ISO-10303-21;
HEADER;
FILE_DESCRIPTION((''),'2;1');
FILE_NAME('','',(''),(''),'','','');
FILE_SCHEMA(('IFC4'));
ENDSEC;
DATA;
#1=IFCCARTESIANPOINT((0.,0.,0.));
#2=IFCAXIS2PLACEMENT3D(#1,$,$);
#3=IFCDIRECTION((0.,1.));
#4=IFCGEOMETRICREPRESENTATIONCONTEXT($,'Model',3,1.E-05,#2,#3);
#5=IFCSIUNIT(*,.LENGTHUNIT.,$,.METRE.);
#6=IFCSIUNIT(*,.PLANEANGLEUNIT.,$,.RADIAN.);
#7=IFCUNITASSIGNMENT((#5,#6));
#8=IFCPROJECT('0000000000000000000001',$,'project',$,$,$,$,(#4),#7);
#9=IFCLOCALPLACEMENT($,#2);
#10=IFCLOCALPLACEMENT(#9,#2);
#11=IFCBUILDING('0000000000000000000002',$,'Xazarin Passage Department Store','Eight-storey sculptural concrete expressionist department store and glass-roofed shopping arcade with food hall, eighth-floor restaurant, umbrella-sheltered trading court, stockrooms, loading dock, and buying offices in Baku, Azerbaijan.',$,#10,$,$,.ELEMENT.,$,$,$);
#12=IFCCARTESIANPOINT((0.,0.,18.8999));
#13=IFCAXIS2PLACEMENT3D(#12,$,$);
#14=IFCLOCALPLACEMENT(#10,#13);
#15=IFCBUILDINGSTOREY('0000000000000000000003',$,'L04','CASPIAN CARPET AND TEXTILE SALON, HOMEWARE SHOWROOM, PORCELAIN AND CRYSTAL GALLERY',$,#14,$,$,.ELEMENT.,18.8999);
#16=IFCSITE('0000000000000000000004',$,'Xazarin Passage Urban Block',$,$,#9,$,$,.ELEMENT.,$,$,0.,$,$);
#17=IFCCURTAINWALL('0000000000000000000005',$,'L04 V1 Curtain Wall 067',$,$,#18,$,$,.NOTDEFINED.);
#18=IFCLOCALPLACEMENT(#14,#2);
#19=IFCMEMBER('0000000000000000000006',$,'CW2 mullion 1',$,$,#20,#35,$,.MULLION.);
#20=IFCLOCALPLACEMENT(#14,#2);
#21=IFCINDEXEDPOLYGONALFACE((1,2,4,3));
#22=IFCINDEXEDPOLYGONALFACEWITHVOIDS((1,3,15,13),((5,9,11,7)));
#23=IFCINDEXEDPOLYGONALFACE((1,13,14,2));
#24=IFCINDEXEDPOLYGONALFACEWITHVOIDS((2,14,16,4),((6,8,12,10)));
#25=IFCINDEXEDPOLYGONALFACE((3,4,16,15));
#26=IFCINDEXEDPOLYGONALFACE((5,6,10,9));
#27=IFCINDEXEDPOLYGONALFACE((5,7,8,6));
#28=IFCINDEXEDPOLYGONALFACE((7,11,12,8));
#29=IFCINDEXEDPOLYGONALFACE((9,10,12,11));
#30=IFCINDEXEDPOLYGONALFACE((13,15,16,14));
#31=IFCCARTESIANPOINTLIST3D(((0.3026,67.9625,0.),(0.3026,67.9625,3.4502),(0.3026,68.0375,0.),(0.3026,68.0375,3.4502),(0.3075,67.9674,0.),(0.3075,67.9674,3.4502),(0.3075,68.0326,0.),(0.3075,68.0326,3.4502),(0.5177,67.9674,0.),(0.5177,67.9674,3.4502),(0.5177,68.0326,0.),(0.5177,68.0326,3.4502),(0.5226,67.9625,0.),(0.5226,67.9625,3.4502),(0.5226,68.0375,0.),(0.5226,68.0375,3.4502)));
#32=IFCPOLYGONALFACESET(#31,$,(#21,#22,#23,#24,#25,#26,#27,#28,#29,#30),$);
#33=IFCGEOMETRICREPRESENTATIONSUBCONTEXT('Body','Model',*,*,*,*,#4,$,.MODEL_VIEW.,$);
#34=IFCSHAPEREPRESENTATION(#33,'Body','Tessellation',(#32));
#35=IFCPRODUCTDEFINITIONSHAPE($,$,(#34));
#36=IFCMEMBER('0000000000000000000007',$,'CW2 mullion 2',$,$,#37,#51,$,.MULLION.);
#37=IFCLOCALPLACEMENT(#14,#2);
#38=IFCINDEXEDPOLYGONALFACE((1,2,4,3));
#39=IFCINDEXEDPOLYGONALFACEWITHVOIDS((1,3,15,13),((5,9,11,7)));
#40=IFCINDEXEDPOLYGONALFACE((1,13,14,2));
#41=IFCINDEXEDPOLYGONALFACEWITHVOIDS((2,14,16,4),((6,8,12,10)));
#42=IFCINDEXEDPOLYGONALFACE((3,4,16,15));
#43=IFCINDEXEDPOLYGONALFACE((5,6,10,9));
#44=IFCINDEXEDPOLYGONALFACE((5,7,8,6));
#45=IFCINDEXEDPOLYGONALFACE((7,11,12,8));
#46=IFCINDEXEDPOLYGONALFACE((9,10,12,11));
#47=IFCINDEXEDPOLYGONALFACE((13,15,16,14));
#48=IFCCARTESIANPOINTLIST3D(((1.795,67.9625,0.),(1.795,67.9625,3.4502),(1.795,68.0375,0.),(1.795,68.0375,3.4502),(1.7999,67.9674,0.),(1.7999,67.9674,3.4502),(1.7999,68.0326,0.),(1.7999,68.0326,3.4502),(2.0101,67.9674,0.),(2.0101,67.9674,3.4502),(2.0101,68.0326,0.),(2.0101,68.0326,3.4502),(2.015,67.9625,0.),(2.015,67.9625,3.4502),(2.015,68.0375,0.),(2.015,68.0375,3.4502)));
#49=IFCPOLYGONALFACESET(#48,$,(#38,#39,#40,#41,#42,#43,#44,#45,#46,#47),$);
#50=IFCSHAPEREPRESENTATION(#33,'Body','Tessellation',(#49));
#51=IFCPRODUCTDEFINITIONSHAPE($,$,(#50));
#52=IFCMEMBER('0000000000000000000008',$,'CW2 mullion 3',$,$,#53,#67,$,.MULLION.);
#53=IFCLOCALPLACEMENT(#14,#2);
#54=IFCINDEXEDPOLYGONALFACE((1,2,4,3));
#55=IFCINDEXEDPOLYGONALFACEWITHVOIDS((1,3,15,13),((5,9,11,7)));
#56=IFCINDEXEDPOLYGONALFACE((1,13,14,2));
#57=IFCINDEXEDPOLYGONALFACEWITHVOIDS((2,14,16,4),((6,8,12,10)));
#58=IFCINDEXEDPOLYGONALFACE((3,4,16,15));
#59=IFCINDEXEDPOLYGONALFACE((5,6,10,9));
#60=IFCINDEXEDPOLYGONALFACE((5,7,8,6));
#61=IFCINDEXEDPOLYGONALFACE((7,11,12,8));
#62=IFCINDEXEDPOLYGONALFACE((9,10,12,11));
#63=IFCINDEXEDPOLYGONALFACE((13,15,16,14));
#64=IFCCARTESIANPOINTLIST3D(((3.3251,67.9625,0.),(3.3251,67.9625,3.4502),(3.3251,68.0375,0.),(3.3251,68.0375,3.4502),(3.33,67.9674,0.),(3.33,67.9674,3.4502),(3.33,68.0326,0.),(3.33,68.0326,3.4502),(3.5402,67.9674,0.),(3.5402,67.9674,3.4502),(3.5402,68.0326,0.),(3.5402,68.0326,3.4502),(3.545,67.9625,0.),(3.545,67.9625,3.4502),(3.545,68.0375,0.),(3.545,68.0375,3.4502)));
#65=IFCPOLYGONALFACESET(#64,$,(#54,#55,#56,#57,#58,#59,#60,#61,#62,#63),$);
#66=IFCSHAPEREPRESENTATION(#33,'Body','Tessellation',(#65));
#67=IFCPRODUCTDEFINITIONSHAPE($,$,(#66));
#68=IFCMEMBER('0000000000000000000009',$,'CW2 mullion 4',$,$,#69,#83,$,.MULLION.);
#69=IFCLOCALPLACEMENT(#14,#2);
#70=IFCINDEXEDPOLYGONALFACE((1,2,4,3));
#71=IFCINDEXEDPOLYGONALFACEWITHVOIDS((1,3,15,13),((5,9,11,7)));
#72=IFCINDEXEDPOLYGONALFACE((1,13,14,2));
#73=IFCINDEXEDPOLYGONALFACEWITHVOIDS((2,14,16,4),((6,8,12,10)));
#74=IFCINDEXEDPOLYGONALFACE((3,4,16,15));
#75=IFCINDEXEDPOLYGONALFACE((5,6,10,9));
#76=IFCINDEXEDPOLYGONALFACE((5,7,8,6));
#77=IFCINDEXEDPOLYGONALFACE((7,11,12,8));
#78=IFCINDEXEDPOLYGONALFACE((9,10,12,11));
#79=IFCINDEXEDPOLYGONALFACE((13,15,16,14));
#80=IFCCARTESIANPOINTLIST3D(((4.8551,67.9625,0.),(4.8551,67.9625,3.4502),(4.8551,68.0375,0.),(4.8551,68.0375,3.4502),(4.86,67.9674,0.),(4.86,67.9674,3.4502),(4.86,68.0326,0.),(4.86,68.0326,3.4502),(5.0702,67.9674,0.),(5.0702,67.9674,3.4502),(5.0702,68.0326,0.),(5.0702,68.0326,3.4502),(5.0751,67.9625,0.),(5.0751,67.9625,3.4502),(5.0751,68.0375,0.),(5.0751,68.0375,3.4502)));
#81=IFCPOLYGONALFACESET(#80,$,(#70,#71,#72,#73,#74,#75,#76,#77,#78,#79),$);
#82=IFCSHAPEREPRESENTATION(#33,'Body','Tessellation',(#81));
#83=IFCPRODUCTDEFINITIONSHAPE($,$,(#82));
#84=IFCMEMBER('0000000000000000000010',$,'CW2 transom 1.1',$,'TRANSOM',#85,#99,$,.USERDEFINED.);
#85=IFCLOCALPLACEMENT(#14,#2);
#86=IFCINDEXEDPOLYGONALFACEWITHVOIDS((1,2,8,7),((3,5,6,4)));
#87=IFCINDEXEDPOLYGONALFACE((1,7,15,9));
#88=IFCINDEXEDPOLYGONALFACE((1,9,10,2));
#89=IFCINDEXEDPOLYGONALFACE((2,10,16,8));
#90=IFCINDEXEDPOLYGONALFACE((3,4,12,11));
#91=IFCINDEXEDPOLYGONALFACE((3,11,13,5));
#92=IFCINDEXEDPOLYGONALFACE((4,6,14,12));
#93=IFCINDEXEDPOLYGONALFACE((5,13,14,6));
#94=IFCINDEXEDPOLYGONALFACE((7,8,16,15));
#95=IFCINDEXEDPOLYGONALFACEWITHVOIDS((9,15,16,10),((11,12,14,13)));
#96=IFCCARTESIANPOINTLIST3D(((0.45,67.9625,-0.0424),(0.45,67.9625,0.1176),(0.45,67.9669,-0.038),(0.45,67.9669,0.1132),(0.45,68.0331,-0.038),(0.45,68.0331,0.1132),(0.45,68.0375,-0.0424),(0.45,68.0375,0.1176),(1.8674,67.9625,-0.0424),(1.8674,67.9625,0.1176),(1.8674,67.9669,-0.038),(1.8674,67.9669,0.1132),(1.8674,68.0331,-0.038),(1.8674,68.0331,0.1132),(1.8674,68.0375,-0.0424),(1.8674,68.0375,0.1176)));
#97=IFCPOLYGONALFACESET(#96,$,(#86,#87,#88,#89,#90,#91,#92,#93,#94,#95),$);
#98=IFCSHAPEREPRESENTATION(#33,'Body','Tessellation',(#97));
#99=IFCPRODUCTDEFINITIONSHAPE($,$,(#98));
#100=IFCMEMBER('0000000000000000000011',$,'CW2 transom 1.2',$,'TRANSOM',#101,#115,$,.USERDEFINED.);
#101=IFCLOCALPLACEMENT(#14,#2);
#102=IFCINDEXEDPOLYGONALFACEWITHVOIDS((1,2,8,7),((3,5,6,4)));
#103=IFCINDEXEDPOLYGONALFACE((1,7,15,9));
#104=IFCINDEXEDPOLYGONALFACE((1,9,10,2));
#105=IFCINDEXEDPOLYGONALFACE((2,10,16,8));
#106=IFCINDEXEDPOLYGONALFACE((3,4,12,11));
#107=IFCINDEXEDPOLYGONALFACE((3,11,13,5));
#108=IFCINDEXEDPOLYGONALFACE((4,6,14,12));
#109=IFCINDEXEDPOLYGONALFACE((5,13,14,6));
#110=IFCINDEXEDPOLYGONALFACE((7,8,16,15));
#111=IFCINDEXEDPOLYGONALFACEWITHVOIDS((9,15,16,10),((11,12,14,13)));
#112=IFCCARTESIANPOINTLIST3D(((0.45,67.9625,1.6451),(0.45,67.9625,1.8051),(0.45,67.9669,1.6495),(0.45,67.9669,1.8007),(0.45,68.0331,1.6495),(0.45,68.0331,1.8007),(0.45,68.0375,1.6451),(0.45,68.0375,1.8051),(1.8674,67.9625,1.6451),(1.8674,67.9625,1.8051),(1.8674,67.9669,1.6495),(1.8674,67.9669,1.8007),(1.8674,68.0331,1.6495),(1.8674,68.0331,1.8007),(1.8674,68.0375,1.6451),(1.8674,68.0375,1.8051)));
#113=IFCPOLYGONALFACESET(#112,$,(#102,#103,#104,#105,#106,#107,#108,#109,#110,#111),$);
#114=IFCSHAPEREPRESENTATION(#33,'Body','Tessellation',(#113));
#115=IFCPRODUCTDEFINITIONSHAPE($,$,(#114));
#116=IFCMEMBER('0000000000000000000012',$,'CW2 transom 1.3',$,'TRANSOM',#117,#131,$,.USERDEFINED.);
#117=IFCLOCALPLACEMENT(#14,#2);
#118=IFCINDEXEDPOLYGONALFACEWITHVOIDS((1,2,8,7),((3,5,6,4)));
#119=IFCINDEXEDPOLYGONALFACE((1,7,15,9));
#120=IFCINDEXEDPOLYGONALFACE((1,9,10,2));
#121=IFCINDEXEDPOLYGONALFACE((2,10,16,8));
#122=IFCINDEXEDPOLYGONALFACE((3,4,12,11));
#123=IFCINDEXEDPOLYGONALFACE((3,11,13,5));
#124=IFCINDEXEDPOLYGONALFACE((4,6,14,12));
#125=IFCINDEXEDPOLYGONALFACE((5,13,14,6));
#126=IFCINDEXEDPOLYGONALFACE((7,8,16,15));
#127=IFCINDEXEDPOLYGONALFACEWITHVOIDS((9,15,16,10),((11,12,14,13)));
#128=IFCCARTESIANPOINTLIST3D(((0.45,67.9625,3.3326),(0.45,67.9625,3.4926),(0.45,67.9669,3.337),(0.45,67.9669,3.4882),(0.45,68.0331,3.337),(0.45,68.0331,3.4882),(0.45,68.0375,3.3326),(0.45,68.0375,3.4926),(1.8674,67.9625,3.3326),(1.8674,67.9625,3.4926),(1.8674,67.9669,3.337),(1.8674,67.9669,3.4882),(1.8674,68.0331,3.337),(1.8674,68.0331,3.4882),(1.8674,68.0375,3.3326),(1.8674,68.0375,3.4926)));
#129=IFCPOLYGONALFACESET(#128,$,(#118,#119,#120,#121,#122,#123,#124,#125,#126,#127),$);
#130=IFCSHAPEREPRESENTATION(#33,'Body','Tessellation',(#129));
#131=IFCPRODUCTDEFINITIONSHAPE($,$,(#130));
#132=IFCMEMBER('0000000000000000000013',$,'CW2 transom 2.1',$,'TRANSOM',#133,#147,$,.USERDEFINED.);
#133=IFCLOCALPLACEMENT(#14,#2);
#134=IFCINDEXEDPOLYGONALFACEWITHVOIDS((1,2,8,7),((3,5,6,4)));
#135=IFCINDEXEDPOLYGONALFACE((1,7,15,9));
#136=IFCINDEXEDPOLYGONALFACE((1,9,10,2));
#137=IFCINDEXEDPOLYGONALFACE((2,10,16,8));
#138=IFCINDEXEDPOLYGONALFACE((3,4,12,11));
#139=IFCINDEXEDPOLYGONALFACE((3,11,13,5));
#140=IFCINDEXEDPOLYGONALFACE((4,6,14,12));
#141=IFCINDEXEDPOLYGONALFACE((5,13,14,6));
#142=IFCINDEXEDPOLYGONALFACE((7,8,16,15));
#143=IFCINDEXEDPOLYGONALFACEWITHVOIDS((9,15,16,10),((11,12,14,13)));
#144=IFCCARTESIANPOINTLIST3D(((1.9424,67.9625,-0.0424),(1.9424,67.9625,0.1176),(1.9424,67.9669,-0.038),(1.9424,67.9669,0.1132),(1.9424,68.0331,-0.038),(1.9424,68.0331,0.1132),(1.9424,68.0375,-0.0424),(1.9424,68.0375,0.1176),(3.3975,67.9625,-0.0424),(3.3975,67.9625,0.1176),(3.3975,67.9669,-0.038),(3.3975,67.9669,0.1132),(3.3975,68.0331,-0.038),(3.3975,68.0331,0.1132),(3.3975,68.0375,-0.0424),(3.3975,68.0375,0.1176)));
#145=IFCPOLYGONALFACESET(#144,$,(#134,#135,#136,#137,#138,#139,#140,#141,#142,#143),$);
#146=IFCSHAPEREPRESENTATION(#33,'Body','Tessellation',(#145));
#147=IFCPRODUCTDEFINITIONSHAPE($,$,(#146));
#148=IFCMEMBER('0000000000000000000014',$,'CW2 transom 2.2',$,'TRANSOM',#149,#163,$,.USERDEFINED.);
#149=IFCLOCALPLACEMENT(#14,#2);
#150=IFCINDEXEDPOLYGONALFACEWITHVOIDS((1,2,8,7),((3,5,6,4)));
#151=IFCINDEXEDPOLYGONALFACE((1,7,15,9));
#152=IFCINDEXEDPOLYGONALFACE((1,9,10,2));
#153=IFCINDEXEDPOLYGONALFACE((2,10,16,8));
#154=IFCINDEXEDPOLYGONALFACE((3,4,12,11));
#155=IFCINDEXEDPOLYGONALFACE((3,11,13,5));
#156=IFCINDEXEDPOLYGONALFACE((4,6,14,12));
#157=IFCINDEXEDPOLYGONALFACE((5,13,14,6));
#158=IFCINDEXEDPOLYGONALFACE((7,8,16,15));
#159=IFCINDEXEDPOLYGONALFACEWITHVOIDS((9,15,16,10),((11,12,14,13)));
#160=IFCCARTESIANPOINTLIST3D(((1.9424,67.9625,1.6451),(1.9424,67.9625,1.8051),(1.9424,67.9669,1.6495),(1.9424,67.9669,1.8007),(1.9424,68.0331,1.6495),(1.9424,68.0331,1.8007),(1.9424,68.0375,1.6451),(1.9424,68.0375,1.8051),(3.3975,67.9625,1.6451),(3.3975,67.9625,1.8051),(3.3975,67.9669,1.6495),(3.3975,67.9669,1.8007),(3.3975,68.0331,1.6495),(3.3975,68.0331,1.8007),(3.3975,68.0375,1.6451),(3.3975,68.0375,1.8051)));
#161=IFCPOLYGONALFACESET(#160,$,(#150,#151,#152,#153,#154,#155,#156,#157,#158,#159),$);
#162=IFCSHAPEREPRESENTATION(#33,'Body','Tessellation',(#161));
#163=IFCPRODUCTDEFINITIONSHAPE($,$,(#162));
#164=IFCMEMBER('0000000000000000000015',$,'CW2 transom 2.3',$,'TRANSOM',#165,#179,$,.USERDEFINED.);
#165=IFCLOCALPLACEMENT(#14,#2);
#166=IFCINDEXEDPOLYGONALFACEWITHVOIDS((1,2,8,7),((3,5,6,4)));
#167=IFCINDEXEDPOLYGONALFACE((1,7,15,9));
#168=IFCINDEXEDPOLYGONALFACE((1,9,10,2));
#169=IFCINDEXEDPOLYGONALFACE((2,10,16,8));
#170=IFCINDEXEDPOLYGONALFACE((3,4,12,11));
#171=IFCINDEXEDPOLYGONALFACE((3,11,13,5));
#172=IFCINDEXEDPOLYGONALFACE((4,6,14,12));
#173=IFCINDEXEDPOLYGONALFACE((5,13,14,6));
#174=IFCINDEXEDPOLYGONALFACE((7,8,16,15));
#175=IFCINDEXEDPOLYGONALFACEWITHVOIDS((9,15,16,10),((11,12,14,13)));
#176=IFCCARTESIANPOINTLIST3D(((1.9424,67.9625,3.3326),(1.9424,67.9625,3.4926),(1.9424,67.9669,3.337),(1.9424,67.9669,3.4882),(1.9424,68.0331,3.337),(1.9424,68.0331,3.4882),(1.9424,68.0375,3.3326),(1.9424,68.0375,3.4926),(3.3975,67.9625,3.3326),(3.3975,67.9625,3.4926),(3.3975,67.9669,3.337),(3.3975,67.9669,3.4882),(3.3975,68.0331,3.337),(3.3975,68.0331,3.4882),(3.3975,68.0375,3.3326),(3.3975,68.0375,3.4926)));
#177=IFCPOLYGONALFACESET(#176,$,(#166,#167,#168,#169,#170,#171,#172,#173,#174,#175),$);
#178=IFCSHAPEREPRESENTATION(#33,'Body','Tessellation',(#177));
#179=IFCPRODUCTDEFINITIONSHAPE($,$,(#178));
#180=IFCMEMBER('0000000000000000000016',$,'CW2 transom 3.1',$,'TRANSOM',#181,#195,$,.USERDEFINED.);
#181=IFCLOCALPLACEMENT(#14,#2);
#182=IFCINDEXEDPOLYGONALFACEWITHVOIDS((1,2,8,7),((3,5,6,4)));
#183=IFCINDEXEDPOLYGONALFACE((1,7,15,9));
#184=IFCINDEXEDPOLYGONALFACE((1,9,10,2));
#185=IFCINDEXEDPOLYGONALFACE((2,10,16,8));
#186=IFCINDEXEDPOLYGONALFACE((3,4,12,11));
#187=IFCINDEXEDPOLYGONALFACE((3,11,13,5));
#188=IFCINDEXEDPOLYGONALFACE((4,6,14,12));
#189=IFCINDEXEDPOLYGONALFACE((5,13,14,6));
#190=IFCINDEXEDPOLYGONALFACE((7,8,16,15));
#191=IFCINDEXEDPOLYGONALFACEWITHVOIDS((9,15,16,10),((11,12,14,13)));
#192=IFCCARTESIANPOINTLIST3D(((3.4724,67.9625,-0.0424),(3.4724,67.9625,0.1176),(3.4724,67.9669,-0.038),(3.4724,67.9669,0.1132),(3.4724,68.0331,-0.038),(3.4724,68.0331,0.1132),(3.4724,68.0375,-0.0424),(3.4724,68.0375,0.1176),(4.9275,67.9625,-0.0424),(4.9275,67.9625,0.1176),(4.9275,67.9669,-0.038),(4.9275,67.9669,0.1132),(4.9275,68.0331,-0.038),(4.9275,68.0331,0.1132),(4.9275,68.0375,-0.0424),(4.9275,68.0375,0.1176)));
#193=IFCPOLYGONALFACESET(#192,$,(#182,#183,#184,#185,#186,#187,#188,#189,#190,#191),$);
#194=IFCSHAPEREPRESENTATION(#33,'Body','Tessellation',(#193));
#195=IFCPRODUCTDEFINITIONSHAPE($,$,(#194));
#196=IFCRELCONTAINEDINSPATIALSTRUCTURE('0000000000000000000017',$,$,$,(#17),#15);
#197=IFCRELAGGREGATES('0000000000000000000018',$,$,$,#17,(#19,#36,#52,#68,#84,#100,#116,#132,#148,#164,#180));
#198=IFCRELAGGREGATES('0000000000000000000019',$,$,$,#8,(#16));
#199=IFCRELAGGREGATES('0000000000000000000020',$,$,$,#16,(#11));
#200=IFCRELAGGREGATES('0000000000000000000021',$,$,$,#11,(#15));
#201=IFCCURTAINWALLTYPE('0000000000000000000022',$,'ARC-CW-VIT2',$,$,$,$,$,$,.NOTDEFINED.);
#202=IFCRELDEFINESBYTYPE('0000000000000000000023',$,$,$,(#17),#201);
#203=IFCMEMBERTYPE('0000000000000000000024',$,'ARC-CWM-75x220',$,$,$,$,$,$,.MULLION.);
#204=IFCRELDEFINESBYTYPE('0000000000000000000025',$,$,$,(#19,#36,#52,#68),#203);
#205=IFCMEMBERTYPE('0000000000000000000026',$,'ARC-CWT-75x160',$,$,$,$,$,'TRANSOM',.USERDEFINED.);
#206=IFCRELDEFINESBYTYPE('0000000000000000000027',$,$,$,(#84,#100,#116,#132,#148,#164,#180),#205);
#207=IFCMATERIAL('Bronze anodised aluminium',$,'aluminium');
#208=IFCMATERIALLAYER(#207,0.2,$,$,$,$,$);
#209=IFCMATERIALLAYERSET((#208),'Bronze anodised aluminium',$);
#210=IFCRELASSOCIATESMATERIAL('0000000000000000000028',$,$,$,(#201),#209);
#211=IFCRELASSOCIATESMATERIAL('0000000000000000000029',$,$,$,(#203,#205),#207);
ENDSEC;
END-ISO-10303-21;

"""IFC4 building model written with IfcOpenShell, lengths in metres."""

from ifc_helpers import new_model, si_unit, direction, frame, origin, origin_2d, place, context, subcontext, project, spatial, hollow_rectangle, extrude, material, layer, layer_set, material_profile, profile_set, type_object, element, aggregate, save


model = new_model("IFC4")

# Units and contexts
model_context = context("Model", 3, precision=1e-05, world=origin(), true_north=direction((0.0, 1.0)))
body_context = subcontext(model_context, "Body", "Model", "MODEL_VIEW")
ifc_project = project(units=[si_unit("LENGTHUNIT", "METRE"), si_unit("PLANEANGLEUNIT", "RADIAN")], contexts=[model_context])

# Site, building, storey
site_placement = place(None, origin())
site = spatial("IfcSite", under=ifc_project, at=site_placement, Name="Xazarin Passage Urban Block", CompositionType="ELEMENT", RefElevation=0.0)
building_placement = place(site_placement, origin())
building = spatial("IfcBuilding", under=site, at=building_placement, Name="Xazarin Passage Department Store", Description="Eight-storey sculptural concrete expressionist department store and glass-roofed shopping arcade with food hall, eighth-floor restaurant, umbrella-sheltered trading court, stockrooms, loading dock, and buying offices in Baku, Azerbaijan.", CompositionType="ELEMENT")
storey_placement = place(building_placement, frame((0.0, 0.0, 18.8999)))
storey = spatial("IfcBuildingStorey", under=building, at=storey_placement, Name="L04", Description="CASPIAN CARPET AND TEXTILE SALON, HOMEWARE SHOWROOM, PORCELAIN AND CRYSTAL GALLERY", CompositionType="ELEMENT", Elevation=18.8999)

# Curtain wall, members
ifc_material_1 = material(Name="Bronze anodised aluminium", Category="aluminium")
ifc_layer_1 = layer(ifc_material_1, 0.2)
ifc_layer_set_1 = layer_set([ifc_layer_1], Name="Bronze anodised aluminium")
curtain_wall_type = type_object("IfcCurtainWallType", Name="ARC-CW-VIT2", PredefinedType="NOTDEFINED", material=ifc_layer_set_1)
curtain_wall_placement = place(storey_placement, origin())
curtain_wall = element("IfcCurtainWall", 1, at=curtain_wall_placement, inside=storey, type_object=curtain_wall_type, Name="L04 V1 Curtain Wall 067", PredefinedType="NOTDEFINED")
ifc_material_profile_1 = material_profile(ifc_material_1, hollow_rectangle(XDim=0.075, YDim=0.22, WallThickness=0.0049, at=origin_2d()), Name="ALU 75x220")
ifc_profile_set_1 = profile_set([ifc_material_profile_1], Name="Bronze anodised aluminium")
member_type_1 = type_object("IfcMemberType", Name="ARC-CWM-75x220", PredefinedType="MULLION", material=ifc_profile_set_1)
member_1_placement = place(storey_placement, frame((0.4126, 68.0, 0.0), z_axis=(0.0, 0.0, 1.0), x_axis=(0.0, 1.0, 0.0)))
member_1 = element("IfcMember", 2, at=member_1_placement, type_object=member_type_1, Name="CW2 mullion 1", PredefinedType="MULLION", context=body_context, shape_type="SweptSolid", body=[
    extrude(hollow_rectangle(XDim=0.075, YDim=0.22, WallThickness=0.0049, at=origin_2d()), origin(), (0.0, 0.0, 1.0), 3.4502),
])
member_2_placement = place(storey_placement, frame((1.905, 68.0, 0.0), z_axis=(0.0, 0.0, 1.0), x_axis=(0.0, 1.0, 0.0)))
member_2 = element("IfcMember", 3, at=member_2_placement, type_object=member_type_1, Name="CW2 mullion 2", PredefinedType="MULLION", context=body_context, shape_type="SweptSolid", body=[
    extrude(hollow_rectangle(XDim=0.075, YDim=0.22, WallThickness=0.0049, at=origin_2d()), origin(), (0.0, 0.0, 1.0), 3.4502),
])
member_3_placement = place(storey_placement, frame((3.4351, 68.0, 0.0), z_axis=(0.0, 0.0, 1.0), x_axis=(0.0, 1.0, 0.0)))
member_3 = element("IfcMember", 4, at=member_3_placement, type_object=member_type_1, Name="CW2 mullion 3", PredefinedType="MULLION", context=body_context, shape_type="SweptSolid", body=[
    extrude(hollow_rectangle(XDim=0.075, YDim=0.22, WallThickness=0.0049, at=origin_2d()), origin(), (0.0, 0.0, 1.0), 3.4502),
])
member_4_placement = place(storey_placement, frame((4.9651, 68.0, 0.0), z_axis=(0.0, 0.0, 1.0), x_axis=(0.0, 1.0, 0.0)))
member_4 = element("IfcMember", 5, at=member_4_placement, type_object=member_type_1, Name="CW2 mullion 4", PredefinedType="MULLION", context=body_context, shape_type="SweptSolid", body=[
    extrude(hollow_rectangle(XDim=0.075, YDim=0.22, WallThickness=0.0049, at=origin_2d()), origin(), (0.0, 0.0, 1.0), 3.4502),
])
ifc_material_profile_2 = material_profile(ifc_material_1, hollow_rectangle(XDim=0.075, YDim=0.1599, WallThickness=0.0044, at=origin_2d()), Name="ALU 75x160")
ifc_profile_set_2 = profile_set([ifc_material_profile_2], Name="Bronze anodised aluminium")
member_type_2 = type_object("IfcMemberType", Name="ARC-CWT-75x160", ElementType="TRANSOM", PredefinedType="USERDEFINED", material=ifc_profile_set_2)
member_5_placement = place(storey_placement, frame((0.45, 68.0, 0.0376), z_axis=(1.0, 0.0, 0.0), x_axis=(0.0, 1.0, 0.0)))
member_5 = element("IfcMember", 6, at=member_5_placement, type_object=member_type_2, Name="CW2 transom 1.1", ObjectType="TRANSOM", PredefinedType="USERDEFINED", context=body_context, shape_type="SweptSolid", body=[
    extrude(hollow_rectangle(XDim=0.075, YDim=0.1599, WallThickness=0.0044, at=origin_2d()), origin(), (0.0, 0.0, 1.0), 1.4175),
])
member_6_placement = place(storey_placement, frame((0.45, 68.0, 1.7251), z_axis=(1.0, 0.0, 0.0), x_axis=(0.0, 1.0, 0.0)))
member_6 = element("IfcMember", 7, at=member_6_placement, type_object=member_type_2, Name="CW2 transom 1.2", ObjectType="TRANSOM", PredefinedType="USERDEFINED", context=body_context, shape_type="SweptSolid", body=[
    extrude(hollow_rectangle(XDim=0.075, YDim=0.1599, WallThickness=0.0044, at=origin_2d()), origin(), (0.0, 0.0, 1.0), 1.4175),
])
member_7_placement = place(storey_placement, frame((0.45, 68.0, 3.4126), z_axis=(1.0, 0.0, 0.0), x_axis=(0.0, 1.0, 0.0)))
member_7 = element("IfcMember", 8, at=member_7_placement, type_object=member_type_2, Name="CW2 transom 1.3", ObjectType="TRANSOM", PredefinedType="USERDEFINED", context=body_context, shape_type="SweptSolid", body=[
    extrude(hollow_rectangle(XDim=0.075, YDim=0.1599, WallThickness=0.0044, at=origin_2d()), origin(), (0.0, 0.0, 1.0), 1.4175),
])
member_8_placement = place(storey_placement, frame((1.9424, 68.0, 0.0376), z_axis=(1.0, 0.0, 0.0), x_axis=(0.0, 1.0, 0.0)))
member_8 = element("IfcMember", 9, at=member_8_placement, type_object=member_type_2, Name="CW2 transom 2.1", ObjectType="TRANSOM", PredefinedType="USERDEFINED", context=body_context, shape_type="SweptSolid", body=[
    extrude(hollow_rectangle(XDim=0.075, YDim=0.1599, WallThickness=0.0044, at=origin_2d()), origin(), (0.0, 0.0, 1.0), 1.4551),
])
member_9_placement = place(storey_placement, frame((1.9424, 68.0, 1.7251), z_axis=(1.0, 0.0, 0.0), x_axis=(0.0, 1.0, 0.0)))
member_9 = element("IfcMember", 10, at=member_9_placement, type_object=member_type_2, Name="CW2 transom 2.2", ObjectType="TRANSOM", PredefinedType="USERDEFINED", context=body_context, shape_type="SweptSolid", body=[
    extrude(hollow_rectangle(XDim=0.075, YDim=0.1599, WallThickness=0.0044, at=origin_2d()), origin(), (0.0, 0.0, 1.0), 1.4551),
])
member_10_placement = place(storey_placement, frame((1.9424, 68.0, 3.4126), z_axis=(1.0, 0.0, 0.0), x_axis=(0.0, 1.0, 0.0)))
member_10 = element("IfcMember", 11, at=member_10_placement, type_object=member_type_2, Name="CW2 transom 2.3", ObjectType="TRANSOM", PredefinedType="USERDEFINED", context=body_context, shape_type="SweptSolid", body=[
    extrude(hollow_rectangle(XDim=0.075, YDim=0.1599, WallThickness=0.0044, at=origin_2d()), origin(), (0.0, 0.0, 1.0), 1.4551),
])
member_11_placement = place(storey_placement, frame((3.4724, 68.0, 0.0376), z_axis=(1.0, 0.0, 0.0), x_axis=(0.0, 1.0, 0.0)))
member_11 = element("IfcMember", 12, at=member_11_placement, type_object=member_type_2, Name="CW2 transom 3.1", ObjectType="TRANSOM", PredefinedType="USERDEFINED", context=body_context, shape_type="SweptSolid", body=[
    extrude(hollow_rectangle(XDim=0.075, YDim=0.1599, WallThickness=0.0044, at=origin_2d()), origin(), (0.0, 0.0, 1.0), 1.4551),
])

aggregate(curtain_wall, [member_1, member_2, member_3, member_4, member_5, member_6, member_7, member_8, member_9, member_10, member_11])

save(model, "model.ifc")
